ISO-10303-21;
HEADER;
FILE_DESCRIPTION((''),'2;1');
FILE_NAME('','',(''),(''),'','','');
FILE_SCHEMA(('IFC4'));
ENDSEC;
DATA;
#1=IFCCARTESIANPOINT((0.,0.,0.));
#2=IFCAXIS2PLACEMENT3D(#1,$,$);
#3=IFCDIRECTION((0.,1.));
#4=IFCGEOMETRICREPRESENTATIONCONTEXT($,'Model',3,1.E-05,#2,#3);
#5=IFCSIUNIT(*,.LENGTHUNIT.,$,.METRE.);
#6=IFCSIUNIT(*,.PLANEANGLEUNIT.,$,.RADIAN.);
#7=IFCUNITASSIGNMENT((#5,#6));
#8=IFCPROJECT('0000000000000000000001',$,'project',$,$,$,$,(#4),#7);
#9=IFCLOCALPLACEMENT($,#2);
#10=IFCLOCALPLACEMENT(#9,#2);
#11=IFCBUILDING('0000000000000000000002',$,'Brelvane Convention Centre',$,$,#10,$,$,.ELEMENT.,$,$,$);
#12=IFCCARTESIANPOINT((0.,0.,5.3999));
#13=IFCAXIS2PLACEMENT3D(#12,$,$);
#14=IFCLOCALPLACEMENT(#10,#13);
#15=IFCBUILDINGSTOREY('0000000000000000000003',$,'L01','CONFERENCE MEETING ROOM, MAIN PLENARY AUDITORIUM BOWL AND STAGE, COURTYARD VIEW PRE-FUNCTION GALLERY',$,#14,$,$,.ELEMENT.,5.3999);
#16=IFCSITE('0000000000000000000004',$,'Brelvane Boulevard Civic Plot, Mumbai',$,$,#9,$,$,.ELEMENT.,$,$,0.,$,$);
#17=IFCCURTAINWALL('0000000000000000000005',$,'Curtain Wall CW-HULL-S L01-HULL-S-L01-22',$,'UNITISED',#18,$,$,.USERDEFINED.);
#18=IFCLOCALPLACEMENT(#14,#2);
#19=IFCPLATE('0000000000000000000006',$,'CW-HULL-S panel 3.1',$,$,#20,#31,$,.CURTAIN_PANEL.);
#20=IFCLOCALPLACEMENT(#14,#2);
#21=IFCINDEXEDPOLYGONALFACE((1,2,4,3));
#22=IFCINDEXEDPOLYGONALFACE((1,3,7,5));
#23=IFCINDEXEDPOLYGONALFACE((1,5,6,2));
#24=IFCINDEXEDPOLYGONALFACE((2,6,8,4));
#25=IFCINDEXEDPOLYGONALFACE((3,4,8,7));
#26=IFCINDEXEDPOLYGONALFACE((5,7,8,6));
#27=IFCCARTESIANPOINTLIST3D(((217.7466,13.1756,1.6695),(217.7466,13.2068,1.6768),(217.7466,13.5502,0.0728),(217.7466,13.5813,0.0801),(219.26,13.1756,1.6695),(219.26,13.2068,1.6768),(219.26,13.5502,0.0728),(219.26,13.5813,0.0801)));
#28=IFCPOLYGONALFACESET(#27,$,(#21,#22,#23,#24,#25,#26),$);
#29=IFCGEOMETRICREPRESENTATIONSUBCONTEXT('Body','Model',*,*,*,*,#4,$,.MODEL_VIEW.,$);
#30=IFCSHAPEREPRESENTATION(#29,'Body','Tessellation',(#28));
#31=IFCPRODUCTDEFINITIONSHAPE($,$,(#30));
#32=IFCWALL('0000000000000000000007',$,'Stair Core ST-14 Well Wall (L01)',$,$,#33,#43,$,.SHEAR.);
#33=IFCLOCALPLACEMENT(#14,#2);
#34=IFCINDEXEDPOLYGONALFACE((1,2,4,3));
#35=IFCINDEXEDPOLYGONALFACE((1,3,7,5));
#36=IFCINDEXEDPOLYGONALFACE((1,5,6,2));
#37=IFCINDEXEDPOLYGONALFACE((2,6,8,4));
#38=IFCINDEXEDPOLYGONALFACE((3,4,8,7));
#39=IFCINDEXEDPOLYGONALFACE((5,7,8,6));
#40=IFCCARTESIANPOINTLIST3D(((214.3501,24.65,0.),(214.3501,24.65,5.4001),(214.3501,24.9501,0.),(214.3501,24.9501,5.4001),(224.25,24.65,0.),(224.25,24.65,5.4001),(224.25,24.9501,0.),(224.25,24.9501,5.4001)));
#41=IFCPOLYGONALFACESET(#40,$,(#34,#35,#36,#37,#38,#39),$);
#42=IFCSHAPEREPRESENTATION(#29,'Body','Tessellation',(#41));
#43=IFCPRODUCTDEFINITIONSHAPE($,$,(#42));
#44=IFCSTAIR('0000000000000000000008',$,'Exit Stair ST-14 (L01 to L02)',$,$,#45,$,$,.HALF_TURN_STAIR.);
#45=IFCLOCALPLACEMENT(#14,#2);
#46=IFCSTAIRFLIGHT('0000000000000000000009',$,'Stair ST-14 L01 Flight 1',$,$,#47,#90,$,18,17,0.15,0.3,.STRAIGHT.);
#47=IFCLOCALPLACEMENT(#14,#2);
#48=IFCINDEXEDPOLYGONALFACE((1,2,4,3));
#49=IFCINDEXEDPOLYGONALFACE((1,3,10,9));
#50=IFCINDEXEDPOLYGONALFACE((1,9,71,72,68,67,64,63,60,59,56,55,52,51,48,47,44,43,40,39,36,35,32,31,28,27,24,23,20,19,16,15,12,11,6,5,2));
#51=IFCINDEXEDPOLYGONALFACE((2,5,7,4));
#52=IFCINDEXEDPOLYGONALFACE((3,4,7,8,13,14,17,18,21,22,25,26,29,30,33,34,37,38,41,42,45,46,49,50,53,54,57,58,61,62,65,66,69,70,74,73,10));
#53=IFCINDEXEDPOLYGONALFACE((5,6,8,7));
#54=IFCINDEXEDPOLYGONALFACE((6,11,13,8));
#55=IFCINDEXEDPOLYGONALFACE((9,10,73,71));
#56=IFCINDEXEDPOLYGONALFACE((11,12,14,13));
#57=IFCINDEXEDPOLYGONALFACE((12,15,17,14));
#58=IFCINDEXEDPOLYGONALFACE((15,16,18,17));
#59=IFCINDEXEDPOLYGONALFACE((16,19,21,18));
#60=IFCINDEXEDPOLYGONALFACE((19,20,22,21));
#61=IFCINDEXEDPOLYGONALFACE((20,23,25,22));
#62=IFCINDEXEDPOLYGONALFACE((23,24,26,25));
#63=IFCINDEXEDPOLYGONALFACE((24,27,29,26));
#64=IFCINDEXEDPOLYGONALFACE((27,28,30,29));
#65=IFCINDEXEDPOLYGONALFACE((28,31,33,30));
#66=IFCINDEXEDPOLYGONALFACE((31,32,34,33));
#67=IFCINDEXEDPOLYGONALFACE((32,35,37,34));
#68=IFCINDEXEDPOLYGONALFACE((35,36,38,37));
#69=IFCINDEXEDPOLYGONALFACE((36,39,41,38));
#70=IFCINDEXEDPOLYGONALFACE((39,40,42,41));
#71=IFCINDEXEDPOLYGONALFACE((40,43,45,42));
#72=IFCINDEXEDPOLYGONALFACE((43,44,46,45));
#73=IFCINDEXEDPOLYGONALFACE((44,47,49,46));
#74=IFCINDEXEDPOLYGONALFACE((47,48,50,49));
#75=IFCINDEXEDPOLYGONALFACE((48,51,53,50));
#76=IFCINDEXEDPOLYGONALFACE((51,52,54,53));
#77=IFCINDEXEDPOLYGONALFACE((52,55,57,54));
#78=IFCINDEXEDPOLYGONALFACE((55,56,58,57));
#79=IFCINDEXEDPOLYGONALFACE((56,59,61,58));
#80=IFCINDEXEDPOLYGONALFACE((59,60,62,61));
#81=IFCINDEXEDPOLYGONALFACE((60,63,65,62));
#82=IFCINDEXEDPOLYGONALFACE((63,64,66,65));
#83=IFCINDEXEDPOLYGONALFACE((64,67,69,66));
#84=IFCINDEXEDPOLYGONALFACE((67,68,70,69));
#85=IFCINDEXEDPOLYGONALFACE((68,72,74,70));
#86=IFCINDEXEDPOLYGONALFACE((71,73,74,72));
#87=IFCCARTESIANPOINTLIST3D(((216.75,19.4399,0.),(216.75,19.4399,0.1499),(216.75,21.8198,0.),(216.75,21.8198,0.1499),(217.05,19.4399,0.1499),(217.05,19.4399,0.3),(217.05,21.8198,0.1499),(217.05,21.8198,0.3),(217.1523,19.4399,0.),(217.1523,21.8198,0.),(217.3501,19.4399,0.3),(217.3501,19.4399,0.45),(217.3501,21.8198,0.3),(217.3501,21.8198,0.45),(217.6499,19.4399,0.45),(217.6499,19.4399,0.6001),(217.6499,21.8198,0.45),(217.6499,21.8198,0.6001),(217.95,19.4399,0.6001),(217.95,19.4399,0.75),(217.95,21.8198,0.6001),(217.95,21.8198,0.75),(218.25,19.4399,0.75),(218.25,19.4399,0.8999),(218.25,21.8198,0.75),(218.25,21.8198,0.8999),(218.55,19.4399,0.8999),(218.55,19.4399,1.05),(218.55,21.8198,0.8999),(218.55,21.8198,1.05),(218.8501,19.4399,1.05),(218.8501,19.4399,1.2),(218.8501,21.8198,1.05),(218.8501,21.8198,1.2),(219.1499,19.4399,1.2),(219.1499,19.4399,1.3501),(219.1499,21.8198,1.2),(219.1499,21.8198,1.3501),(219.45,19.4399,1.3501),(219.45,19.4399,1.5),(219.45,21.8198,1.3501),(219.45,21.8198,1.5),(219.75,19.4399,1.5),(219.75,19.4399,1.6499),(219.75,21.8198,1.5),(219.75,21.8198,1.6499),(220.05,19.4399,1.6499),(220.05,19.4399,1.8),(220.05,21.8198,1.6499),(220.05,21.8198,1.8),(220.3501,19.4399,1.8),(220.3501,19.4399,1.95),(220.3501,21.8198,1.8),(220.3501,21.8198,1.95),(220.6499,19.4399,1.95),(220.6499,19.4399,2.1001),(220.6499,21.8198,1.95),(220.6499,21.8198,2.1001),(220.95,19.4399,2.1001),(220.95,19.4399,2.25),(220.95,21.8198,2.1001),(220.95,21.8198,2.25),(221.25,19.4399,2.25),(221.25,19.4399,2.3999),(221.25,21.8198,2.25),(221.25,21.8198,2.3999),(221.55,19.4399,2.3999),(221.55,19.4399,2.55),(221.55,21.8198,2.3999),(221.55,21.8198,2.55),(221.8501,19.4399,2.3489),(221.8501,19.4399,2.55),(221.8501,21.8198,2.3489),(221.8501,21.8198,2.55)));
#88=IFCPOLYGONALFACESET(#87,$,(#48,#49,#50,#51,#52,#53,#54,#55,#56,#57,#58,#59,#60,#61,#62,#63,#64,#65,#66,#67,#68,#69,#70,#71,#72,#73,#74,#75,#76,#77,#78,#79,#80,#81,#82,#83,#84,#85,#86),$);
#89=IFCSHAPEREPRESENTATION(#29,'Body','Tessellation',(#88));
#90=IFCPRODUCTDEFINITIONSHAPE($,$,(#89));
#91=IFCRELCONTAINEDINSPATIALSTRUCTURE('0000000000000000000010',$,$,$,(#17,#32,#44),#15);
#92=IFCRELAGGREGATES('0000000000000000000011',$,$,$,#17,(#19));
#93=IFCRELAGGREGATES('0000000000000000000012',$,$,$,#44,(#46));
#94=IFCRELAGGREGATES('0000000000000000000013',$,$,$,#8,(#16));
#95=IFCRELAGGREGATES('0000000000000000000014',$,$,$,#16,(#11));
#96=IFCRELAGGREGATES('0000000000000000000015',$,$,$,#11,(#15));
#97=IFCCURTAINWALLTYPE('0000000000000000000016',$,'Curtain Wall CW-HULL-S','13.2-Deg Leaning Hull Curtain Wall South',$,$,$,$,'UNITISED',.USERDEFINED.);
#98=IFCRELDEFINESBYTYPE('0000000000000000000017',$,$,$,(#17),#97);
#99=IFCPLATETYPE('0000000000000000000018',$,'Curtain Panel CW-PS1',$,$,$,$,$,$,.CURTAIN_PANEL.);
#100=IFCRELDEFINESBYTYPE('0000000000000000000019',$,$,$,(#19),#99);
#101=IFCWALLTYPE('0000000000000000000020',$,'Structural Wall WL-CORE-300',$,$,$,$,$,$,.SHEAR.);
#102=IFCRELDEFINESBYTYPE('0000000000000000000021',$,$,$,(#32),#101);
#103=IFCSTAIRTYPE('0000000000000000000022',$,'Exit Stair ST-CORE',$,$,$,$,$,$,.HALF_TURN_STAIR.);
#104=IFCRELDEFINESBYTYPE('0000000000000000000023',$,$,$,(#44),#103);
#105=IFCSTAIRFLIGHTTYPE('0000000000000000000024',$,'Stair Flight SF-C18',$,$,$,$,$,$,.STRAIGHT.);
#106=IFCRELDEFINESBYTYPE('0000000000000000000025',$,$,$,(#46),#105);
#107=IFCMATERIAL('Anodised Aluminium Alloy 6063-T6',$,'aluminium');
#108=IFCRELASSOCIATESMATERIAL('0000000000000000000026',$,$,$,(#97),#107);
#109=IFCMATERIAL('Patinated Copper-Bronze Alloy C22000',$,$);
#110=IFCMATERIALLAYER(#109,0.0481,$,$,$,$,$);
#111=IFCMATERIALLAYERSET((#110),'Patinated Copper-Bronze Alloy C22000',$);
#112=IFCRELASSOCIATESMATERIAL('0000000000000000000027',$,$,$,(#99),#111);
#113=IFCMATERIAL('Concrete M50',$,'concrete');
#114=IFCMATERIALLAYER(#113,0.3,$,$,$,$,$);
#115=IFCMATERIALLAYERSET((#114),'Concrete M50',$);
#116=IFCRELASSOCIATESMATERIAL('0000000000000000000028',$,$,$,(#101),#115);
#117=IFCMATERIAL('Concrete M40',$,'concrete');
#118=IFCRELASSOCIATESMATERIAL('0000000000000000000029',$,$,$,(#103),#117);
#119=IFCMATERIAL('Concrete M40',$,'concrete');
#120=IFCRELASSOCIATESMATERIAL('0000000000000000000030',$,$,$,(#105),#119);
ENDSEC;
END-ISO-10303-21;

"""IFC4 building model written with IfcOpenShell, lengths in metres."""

from ifc_helpers import new_model, si_unit, direction, frame, frame_2d, origin, place, context, subcontext, project, spatial, polyline, rectangle, outline, extrude, material, layer, layer_set, type_object, element, aggregate, save


model = new_model("IFC4")

# Units and contexts
model_context = context("Model", 3, precision=1e-05, world=origin(), true_north=direction((0.0, 1.0)))
body_context = subcontext(model_context, "Body", "Model", "MODEL_VIEW")
ifc_project = project(units=[si_unit("LENGTHUNIT", "METRE"), si_unit("PLANEANGLEUNIT", "RADIAN")], contexts=[model_context])

# Site, building, storey
site_placement = place(None, origin())
site = spatial("IfcSite", under=ifc_project, at=site_placement, Name="Brelvane Boulevard Civic Plot, Mumbai", CompositionType="ELEMENT", RefElevation=0.0)
building_placement = place(site_placement, origin())
building = spatial("IfcBuilding", under=site, at=building_placement, Name="Brelvane Convention Centre", CompositionType="ELEMENT")
storey_placement = place(building_placement, frame((0.0, 0.0, 5.3999)))
storey = spatial("IfcBuildingStorey", under=building, at=storey_placement, Name="L01", Description="CONFERENCE MEETING ROOM, MAIN PLENARY AUDITORIUM BOWL AND STAGE, COURTYARD VIEW PRE-FUNCTION GALLERY", CompositionType="ELEMENT", Elevation=5.3999)

# Curtain wall, plate
ifc_material_1 = material(Name="Anodised Aluminium Alloy 6063-T6", Category="aluminium")
curtain_wall_type = type_object("IfcCurtainWallType", Name="Curtain Wall CW-HULL-S", Description="13.2-Deg Leaning Hull Curtain Wall South", ElementType="UNITISED", PredefinedType="USERDEFINED", material=ifc_material_1)
curtain_wall_placement = place(storey_placement, origin())
curtain_wall = element("IfcCurtainWall", 1, at=curtain_wall_placement, inside=storey, type_object=curtain_wall_type, Name="Curtain Wall CW-HULL-S L01-HULL-S-L01-22", ObjectType="UNITISED", PredefinedType="USERDEFINED")
ifc_material_2 = material(Name="Patinated Copper-Bronze Alloy C22000")
ifc_layer_1 = layer(ifc_material_2, 0.0481)
ifc_layer_set_1 = layer_set([ifc_layer_1], Name="Patinated Copper-Bronze Alloy C22000")
plate_type_1 = type_object("IfcPlateType", Name="Curtain Panel CW-PS1", PredefinedType="CURTAIN_PANEL", material=ifc_layer_set_1)
plate_1_placement = place(storey_placement, frame((217.7466, 13.5813, 0.0801), z_axis=(0.0, 0.973577, 0.228359), x_axis=(1.0, 0.0, 0.0)))
plate_1 = element("IfcPlate", 2, at=plate_1_placement, type_object=plate_type_1, Name="CW-HULL-S panel 3.1", PredefinedType="CURTAIN_PANEL", context=body_context, shape_type="SweptSolid", body=[
    extrude(outline(polyline([(0.0, 0.0), (1.5134, 0.0), (1.5134, -1.64), (0.0, -1.64), (0.0, 0.0)])), origin(), (0.0, 0.0, -1.0), 0.032),
])
aggregate(curtain_wall, [plate_1])

# Wall
ifc_material_3 = material(Name="Concrete M50", Category="concrete")
ifc_layer_2 = layer(ifc_material_3, 0.3)
ifc_layer_set_2 = layer_set([ifc_layer_2], Name="Concrete M50")
wall_type = type_object("IfcWallType", Name="Structural Wall WL-CORE-300", PredefinedType="SHEAR", material=ifc_layer_set_2)
wall_placement = place(storey_placement, frame((214.3501, 24.8, 0.0), z_axis=(0.0, 0.0, 1.0), x_axis=(1.0, 0.0, 0.0)))
element("IfcWall", 3, at=wall_placement, inside=storey, type_object=wall_type, Name="Stair Core ST-14 Well Wall (L01)", PredefinedType="SHEAR", context=body_context, shape_type="SweptSolid", body=[
    extrude(rectangle(XDim=9.8999, YDim=0.3, at=frame_2d((4.95, 0.0))), origin(), (0.0, 0.0, 1.0), 5.4001),
])

# Stair, stair flight
ifc_material_4 = material(Name="Concrete M40", Category="concrete")
stair_type = type_object("IfcStairType", Name="Exit Stair ST-CORE", PredefinedType="HALF_TURN_STAIR", material=ifc_material_4)
stair_placement = place(storey_placement, origin())
stair = element("IfcStair", 4, at=stair_placement, inside=storey, type_object=stair_type, Name="Exit Stair ST-14 (L01 to L02)", PredefinedType="HALF_TURN_STAIR")
ifc_material_5 = material(Name="Concrete M40", Category="concrete")
stair_flight_type = type_object("IfcStairFlightType", Name="Stair Flight SF-C18", PredefinedType="STRAIGHT", material=ifc_material_5)
stair_flight_placement = place(storey_placement, frame((216.75, 20.6299, 0.0), z_axis=(0.0, 0.0, 1.0), x_axis=(1.0, 0.0, 0.0)))
stair_flight = element("IfcStairFlight", 5, at=stair_flight_placement, type_object=stair_flight_type, Name="Stair ST-14 L01 Flight 1", NumberOfRisers=18, NumberOfTreads=17, PredefinedType="STRAIGHT", RiserHeight=0.15, TreadLength=0.3, context=body_context, shape_type="SweptSolid", body=[
    extrude(outline(polyline([(0.0, 0.0), (0.0, 0.1499), (0.3, 0.1499), (0.3, 0.3), (0.6001, 0.3), (0.6001, 0.45), (0.8999, 0.45), (0.8999, 0.6001), (1.2, 0.6001), (1.2, 0.75), (1.5, 0.75), (1.5, 0.8999), (1.8, 0.8999), (1.8, 1.05), (2.1001, 1.05), (2.1001, 1.2), (2.3999, 1.2), (2.3999, 1.3501), (2.7, 1.3501), (2.7, 1.5), (3.0, 1.5), (3.0, 1.6499), (3.3, 1.6499), (3.3, 1.8), (3.6001, 1.8), (3.6001, 1.95), (3.8999, 1.95), (3.8999, 2.1001), (4.2, 2.1001), (4.2, 2.25), (4.5, 2.25), (4.5, 2.3999), (4.8, 2.3999), (4.8, 2.55), (5.1001, 2.55), (5.1001, 2.7), (5.1001, 2.3489), (0.4023, 0.0), (0.0, 0.0)])), frame((0.0, 1.1899, 0.0), z_axis=(0.0, -1.0, 0.0), x_axis=(1.0, 0.0, 0.0)), (0.0, 0.0, 1.0), 2.3799),
])
aggregate(stair, [stair_flight])

save(model, "model.ifc")
